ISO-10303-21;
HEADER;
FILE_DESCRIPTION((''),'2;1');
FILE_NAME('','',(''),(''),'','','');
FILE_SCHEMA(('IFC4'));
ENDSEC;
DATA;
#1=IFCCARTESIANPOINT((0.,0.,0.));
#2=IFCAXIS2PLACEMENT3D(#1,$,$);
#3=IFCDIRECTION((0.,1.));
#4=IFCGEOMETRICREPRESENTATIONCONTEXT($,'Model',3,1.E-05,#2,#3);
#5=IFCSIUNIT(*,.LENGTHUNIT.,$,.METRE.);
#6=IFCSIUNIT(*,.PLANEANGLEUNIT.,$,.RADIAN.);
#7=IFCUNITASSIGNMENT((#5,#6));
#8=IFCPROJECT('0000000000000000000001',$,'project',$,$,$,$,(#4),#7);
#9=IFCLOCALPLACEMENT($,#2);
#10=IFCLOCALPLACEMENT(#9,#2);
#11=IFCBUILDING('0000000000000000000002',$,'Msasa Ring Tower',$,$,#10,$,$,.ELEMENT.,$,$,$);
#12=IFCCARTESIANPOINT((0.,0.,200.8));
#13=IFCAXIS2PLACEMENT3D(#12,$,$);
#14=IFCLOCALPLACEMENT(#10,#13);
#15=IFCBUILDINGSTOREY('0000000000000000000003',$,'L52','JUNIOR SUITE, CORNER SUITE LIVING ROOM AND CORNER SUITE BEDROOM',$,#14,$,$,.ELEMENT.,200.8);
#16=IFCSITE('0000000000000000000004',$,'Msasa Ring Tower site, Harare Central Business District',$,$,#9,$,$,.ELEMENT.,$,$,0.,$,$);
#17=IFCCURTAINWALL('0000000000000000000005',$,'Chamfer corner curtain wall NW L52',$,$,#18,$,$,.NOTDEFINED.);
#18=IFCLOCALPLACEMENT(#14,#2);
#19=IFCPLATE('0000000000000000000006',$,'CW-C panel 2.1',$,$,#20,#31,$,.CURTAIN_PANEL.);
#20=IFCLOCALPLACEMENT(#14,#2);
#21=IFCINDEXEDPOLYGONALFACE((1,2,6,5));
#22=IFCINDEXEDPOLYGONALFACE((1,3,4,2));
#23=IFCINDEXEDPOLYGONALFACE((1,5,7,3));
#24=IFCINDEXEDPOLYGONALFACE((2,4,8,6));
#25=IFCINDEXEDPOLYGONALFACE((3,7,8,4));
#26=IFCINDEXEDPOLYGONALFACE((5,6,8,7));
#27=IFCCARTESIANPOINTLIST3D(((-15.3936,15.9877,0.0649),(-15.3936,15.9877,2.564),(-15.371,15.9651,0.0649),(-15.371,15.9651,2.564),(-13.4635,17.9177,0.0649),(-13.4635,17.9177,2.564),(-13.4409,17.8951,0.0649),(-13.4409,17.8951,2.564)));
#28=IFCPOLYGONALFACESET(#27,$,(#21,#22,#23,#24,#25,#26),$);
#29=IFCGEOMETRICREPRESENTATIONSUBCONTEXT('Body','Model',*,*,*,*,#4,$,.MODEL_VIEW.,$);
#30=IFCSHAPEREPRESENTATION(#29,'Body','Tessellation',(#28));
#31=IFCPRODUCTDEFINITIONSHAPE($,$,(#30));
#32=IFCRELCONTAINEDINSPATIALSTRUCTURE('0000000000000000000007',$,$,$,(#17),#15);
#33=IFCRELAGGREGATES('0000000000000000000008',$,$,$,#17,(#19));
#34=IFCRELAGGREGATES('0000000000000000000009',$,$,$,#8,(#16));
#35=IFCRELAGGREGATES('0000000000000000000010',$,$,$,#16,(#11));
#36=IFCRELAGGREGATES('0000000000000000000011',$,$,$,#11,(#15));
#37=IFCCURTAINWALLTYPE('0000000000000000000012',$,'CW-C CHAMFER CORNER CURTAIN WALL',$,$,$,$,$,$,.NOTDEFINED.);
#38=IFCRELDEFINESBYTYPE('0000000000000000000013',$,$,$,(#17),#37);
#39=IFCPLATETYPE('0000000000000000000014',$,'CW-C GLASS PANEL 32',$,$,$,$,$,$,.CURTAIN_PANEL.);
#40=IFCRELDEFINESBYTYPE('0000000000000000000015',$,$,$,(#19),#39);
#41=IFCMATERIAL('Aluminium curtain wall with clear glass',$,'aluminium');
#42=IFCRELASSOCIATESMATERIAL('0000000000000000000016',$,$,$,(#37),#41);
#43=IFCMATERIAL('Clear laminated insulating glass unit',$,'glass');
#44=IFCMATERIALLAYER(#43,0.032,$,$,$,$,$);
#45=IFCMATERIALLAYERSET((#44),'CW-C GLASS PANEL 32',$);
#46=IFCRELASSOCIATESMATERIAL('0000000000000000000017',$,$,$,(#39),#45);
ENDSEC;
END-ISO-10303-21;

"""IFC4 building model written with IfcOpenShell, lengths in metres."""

from ifc_helpers import new_model, si_unit, direction, frame, origin, origin_2d, place, context, subcontext, project, spatial, rectangle, extrude, material, layer, layer_set, type_object, element, aggregate, save


model = new_model("IFC4")

# Units and contexts
model_context = context("Model", 3, precision=1e-05, world=origin(), true_north=direction((0.0, 1.0)))
body_context = subcontext(model_context, "Body", "Model", "MODEL_VIEW")
ifc_project = project(units=[si_unit("LENGTHUNIT", "METRE"), si_unit("PLANEANGLEUNIT", "RADIAN")], contexts=[model_context])

# Site, building, storey
site_placement = place(None, origin())
site = spatial("IfcSite", under=ifc_project, at=site_placement, Name="Msasa Ring Tower site, Harare Central Business District", CompositionType="ELEMENT", RefElevation=0.0)
building_placement = place(site_placement, origin())
building = spatial("IfcBuilding", under=site, at=building_placement, Name="Msasa Ring Tower", CompositionType="ELEMENT")
storey_placement = place(building_placement, frame((0.0, 0.0, 200.8)))
storey = spatial("IfcBuildingStorey", under=building, at=storey_placement, Name="L52", Description="JUNIOR SUITE, CORNER SUITE LIVING ROOM AND CORNER SUITE BEDROOM", CompositionType="ELEMENT", Elevation=200.8)

# Shared definitions
ifc_material_1 = material(Name="Aluminium curtain wall with clear glass", Category="aluminium")
curtain_wall_type = type_object("IfcCurtainWallType", Name="CW-C CHAMFER CORNER CURTAIN WALL", PredefinedType="NOTDEFINED", material=ifc_material_1)

# Curtain wall
curtain_wall_1_placement = place(storey_placement, origin())
curtain_wall_1 = element("IfcCurtainWall", 1, at=curtain_wall_1_placement, inside=storey, type_object=curtain_wall_type, Name="Chamfer corner curtain wall NW L52", PredefinedType="NOTDEFINED")

# Plate
ifc_material_2 = material(Name="Clear laminated insulating glass unit", Category="glass")
ifc_layer = layer(ifc_material_2, 0.032)
ifc_layer_set = layer_set([ifc_layer], Name="CW-C GLASS PANEL 32")
plate_type = type_object("IfcPlateType", Name="CW-C GLASS PANEL 32", PredefinedType="CURTAIN_PANEL", material=ifc_layer_set)
plate_1_placement = place(storey_placement, frame((-14.4172, 16.9414, 0.0649), z_axis=(0.0, 0.0, 1.0), x_axis=(-0.707107, -0.707107, 0.0)))
plate_1 = element("IfcPlate", 2, at=plate_1_placement, type_object=plate_type, Name="CW-C panel 2.1", PredefinedType="CURTAIN_PANEL", context=body_context, shape_type="SweptSolid", body=[
    extrude(rectangle(XDim=2.7295, YDim=0.032, at=origin_2d()), origin(), (0.0, 0.0, 1.0), 2.499),
])
aggregate(curtain_wall_1, [plate_1])

save(model, "model.ifc")
